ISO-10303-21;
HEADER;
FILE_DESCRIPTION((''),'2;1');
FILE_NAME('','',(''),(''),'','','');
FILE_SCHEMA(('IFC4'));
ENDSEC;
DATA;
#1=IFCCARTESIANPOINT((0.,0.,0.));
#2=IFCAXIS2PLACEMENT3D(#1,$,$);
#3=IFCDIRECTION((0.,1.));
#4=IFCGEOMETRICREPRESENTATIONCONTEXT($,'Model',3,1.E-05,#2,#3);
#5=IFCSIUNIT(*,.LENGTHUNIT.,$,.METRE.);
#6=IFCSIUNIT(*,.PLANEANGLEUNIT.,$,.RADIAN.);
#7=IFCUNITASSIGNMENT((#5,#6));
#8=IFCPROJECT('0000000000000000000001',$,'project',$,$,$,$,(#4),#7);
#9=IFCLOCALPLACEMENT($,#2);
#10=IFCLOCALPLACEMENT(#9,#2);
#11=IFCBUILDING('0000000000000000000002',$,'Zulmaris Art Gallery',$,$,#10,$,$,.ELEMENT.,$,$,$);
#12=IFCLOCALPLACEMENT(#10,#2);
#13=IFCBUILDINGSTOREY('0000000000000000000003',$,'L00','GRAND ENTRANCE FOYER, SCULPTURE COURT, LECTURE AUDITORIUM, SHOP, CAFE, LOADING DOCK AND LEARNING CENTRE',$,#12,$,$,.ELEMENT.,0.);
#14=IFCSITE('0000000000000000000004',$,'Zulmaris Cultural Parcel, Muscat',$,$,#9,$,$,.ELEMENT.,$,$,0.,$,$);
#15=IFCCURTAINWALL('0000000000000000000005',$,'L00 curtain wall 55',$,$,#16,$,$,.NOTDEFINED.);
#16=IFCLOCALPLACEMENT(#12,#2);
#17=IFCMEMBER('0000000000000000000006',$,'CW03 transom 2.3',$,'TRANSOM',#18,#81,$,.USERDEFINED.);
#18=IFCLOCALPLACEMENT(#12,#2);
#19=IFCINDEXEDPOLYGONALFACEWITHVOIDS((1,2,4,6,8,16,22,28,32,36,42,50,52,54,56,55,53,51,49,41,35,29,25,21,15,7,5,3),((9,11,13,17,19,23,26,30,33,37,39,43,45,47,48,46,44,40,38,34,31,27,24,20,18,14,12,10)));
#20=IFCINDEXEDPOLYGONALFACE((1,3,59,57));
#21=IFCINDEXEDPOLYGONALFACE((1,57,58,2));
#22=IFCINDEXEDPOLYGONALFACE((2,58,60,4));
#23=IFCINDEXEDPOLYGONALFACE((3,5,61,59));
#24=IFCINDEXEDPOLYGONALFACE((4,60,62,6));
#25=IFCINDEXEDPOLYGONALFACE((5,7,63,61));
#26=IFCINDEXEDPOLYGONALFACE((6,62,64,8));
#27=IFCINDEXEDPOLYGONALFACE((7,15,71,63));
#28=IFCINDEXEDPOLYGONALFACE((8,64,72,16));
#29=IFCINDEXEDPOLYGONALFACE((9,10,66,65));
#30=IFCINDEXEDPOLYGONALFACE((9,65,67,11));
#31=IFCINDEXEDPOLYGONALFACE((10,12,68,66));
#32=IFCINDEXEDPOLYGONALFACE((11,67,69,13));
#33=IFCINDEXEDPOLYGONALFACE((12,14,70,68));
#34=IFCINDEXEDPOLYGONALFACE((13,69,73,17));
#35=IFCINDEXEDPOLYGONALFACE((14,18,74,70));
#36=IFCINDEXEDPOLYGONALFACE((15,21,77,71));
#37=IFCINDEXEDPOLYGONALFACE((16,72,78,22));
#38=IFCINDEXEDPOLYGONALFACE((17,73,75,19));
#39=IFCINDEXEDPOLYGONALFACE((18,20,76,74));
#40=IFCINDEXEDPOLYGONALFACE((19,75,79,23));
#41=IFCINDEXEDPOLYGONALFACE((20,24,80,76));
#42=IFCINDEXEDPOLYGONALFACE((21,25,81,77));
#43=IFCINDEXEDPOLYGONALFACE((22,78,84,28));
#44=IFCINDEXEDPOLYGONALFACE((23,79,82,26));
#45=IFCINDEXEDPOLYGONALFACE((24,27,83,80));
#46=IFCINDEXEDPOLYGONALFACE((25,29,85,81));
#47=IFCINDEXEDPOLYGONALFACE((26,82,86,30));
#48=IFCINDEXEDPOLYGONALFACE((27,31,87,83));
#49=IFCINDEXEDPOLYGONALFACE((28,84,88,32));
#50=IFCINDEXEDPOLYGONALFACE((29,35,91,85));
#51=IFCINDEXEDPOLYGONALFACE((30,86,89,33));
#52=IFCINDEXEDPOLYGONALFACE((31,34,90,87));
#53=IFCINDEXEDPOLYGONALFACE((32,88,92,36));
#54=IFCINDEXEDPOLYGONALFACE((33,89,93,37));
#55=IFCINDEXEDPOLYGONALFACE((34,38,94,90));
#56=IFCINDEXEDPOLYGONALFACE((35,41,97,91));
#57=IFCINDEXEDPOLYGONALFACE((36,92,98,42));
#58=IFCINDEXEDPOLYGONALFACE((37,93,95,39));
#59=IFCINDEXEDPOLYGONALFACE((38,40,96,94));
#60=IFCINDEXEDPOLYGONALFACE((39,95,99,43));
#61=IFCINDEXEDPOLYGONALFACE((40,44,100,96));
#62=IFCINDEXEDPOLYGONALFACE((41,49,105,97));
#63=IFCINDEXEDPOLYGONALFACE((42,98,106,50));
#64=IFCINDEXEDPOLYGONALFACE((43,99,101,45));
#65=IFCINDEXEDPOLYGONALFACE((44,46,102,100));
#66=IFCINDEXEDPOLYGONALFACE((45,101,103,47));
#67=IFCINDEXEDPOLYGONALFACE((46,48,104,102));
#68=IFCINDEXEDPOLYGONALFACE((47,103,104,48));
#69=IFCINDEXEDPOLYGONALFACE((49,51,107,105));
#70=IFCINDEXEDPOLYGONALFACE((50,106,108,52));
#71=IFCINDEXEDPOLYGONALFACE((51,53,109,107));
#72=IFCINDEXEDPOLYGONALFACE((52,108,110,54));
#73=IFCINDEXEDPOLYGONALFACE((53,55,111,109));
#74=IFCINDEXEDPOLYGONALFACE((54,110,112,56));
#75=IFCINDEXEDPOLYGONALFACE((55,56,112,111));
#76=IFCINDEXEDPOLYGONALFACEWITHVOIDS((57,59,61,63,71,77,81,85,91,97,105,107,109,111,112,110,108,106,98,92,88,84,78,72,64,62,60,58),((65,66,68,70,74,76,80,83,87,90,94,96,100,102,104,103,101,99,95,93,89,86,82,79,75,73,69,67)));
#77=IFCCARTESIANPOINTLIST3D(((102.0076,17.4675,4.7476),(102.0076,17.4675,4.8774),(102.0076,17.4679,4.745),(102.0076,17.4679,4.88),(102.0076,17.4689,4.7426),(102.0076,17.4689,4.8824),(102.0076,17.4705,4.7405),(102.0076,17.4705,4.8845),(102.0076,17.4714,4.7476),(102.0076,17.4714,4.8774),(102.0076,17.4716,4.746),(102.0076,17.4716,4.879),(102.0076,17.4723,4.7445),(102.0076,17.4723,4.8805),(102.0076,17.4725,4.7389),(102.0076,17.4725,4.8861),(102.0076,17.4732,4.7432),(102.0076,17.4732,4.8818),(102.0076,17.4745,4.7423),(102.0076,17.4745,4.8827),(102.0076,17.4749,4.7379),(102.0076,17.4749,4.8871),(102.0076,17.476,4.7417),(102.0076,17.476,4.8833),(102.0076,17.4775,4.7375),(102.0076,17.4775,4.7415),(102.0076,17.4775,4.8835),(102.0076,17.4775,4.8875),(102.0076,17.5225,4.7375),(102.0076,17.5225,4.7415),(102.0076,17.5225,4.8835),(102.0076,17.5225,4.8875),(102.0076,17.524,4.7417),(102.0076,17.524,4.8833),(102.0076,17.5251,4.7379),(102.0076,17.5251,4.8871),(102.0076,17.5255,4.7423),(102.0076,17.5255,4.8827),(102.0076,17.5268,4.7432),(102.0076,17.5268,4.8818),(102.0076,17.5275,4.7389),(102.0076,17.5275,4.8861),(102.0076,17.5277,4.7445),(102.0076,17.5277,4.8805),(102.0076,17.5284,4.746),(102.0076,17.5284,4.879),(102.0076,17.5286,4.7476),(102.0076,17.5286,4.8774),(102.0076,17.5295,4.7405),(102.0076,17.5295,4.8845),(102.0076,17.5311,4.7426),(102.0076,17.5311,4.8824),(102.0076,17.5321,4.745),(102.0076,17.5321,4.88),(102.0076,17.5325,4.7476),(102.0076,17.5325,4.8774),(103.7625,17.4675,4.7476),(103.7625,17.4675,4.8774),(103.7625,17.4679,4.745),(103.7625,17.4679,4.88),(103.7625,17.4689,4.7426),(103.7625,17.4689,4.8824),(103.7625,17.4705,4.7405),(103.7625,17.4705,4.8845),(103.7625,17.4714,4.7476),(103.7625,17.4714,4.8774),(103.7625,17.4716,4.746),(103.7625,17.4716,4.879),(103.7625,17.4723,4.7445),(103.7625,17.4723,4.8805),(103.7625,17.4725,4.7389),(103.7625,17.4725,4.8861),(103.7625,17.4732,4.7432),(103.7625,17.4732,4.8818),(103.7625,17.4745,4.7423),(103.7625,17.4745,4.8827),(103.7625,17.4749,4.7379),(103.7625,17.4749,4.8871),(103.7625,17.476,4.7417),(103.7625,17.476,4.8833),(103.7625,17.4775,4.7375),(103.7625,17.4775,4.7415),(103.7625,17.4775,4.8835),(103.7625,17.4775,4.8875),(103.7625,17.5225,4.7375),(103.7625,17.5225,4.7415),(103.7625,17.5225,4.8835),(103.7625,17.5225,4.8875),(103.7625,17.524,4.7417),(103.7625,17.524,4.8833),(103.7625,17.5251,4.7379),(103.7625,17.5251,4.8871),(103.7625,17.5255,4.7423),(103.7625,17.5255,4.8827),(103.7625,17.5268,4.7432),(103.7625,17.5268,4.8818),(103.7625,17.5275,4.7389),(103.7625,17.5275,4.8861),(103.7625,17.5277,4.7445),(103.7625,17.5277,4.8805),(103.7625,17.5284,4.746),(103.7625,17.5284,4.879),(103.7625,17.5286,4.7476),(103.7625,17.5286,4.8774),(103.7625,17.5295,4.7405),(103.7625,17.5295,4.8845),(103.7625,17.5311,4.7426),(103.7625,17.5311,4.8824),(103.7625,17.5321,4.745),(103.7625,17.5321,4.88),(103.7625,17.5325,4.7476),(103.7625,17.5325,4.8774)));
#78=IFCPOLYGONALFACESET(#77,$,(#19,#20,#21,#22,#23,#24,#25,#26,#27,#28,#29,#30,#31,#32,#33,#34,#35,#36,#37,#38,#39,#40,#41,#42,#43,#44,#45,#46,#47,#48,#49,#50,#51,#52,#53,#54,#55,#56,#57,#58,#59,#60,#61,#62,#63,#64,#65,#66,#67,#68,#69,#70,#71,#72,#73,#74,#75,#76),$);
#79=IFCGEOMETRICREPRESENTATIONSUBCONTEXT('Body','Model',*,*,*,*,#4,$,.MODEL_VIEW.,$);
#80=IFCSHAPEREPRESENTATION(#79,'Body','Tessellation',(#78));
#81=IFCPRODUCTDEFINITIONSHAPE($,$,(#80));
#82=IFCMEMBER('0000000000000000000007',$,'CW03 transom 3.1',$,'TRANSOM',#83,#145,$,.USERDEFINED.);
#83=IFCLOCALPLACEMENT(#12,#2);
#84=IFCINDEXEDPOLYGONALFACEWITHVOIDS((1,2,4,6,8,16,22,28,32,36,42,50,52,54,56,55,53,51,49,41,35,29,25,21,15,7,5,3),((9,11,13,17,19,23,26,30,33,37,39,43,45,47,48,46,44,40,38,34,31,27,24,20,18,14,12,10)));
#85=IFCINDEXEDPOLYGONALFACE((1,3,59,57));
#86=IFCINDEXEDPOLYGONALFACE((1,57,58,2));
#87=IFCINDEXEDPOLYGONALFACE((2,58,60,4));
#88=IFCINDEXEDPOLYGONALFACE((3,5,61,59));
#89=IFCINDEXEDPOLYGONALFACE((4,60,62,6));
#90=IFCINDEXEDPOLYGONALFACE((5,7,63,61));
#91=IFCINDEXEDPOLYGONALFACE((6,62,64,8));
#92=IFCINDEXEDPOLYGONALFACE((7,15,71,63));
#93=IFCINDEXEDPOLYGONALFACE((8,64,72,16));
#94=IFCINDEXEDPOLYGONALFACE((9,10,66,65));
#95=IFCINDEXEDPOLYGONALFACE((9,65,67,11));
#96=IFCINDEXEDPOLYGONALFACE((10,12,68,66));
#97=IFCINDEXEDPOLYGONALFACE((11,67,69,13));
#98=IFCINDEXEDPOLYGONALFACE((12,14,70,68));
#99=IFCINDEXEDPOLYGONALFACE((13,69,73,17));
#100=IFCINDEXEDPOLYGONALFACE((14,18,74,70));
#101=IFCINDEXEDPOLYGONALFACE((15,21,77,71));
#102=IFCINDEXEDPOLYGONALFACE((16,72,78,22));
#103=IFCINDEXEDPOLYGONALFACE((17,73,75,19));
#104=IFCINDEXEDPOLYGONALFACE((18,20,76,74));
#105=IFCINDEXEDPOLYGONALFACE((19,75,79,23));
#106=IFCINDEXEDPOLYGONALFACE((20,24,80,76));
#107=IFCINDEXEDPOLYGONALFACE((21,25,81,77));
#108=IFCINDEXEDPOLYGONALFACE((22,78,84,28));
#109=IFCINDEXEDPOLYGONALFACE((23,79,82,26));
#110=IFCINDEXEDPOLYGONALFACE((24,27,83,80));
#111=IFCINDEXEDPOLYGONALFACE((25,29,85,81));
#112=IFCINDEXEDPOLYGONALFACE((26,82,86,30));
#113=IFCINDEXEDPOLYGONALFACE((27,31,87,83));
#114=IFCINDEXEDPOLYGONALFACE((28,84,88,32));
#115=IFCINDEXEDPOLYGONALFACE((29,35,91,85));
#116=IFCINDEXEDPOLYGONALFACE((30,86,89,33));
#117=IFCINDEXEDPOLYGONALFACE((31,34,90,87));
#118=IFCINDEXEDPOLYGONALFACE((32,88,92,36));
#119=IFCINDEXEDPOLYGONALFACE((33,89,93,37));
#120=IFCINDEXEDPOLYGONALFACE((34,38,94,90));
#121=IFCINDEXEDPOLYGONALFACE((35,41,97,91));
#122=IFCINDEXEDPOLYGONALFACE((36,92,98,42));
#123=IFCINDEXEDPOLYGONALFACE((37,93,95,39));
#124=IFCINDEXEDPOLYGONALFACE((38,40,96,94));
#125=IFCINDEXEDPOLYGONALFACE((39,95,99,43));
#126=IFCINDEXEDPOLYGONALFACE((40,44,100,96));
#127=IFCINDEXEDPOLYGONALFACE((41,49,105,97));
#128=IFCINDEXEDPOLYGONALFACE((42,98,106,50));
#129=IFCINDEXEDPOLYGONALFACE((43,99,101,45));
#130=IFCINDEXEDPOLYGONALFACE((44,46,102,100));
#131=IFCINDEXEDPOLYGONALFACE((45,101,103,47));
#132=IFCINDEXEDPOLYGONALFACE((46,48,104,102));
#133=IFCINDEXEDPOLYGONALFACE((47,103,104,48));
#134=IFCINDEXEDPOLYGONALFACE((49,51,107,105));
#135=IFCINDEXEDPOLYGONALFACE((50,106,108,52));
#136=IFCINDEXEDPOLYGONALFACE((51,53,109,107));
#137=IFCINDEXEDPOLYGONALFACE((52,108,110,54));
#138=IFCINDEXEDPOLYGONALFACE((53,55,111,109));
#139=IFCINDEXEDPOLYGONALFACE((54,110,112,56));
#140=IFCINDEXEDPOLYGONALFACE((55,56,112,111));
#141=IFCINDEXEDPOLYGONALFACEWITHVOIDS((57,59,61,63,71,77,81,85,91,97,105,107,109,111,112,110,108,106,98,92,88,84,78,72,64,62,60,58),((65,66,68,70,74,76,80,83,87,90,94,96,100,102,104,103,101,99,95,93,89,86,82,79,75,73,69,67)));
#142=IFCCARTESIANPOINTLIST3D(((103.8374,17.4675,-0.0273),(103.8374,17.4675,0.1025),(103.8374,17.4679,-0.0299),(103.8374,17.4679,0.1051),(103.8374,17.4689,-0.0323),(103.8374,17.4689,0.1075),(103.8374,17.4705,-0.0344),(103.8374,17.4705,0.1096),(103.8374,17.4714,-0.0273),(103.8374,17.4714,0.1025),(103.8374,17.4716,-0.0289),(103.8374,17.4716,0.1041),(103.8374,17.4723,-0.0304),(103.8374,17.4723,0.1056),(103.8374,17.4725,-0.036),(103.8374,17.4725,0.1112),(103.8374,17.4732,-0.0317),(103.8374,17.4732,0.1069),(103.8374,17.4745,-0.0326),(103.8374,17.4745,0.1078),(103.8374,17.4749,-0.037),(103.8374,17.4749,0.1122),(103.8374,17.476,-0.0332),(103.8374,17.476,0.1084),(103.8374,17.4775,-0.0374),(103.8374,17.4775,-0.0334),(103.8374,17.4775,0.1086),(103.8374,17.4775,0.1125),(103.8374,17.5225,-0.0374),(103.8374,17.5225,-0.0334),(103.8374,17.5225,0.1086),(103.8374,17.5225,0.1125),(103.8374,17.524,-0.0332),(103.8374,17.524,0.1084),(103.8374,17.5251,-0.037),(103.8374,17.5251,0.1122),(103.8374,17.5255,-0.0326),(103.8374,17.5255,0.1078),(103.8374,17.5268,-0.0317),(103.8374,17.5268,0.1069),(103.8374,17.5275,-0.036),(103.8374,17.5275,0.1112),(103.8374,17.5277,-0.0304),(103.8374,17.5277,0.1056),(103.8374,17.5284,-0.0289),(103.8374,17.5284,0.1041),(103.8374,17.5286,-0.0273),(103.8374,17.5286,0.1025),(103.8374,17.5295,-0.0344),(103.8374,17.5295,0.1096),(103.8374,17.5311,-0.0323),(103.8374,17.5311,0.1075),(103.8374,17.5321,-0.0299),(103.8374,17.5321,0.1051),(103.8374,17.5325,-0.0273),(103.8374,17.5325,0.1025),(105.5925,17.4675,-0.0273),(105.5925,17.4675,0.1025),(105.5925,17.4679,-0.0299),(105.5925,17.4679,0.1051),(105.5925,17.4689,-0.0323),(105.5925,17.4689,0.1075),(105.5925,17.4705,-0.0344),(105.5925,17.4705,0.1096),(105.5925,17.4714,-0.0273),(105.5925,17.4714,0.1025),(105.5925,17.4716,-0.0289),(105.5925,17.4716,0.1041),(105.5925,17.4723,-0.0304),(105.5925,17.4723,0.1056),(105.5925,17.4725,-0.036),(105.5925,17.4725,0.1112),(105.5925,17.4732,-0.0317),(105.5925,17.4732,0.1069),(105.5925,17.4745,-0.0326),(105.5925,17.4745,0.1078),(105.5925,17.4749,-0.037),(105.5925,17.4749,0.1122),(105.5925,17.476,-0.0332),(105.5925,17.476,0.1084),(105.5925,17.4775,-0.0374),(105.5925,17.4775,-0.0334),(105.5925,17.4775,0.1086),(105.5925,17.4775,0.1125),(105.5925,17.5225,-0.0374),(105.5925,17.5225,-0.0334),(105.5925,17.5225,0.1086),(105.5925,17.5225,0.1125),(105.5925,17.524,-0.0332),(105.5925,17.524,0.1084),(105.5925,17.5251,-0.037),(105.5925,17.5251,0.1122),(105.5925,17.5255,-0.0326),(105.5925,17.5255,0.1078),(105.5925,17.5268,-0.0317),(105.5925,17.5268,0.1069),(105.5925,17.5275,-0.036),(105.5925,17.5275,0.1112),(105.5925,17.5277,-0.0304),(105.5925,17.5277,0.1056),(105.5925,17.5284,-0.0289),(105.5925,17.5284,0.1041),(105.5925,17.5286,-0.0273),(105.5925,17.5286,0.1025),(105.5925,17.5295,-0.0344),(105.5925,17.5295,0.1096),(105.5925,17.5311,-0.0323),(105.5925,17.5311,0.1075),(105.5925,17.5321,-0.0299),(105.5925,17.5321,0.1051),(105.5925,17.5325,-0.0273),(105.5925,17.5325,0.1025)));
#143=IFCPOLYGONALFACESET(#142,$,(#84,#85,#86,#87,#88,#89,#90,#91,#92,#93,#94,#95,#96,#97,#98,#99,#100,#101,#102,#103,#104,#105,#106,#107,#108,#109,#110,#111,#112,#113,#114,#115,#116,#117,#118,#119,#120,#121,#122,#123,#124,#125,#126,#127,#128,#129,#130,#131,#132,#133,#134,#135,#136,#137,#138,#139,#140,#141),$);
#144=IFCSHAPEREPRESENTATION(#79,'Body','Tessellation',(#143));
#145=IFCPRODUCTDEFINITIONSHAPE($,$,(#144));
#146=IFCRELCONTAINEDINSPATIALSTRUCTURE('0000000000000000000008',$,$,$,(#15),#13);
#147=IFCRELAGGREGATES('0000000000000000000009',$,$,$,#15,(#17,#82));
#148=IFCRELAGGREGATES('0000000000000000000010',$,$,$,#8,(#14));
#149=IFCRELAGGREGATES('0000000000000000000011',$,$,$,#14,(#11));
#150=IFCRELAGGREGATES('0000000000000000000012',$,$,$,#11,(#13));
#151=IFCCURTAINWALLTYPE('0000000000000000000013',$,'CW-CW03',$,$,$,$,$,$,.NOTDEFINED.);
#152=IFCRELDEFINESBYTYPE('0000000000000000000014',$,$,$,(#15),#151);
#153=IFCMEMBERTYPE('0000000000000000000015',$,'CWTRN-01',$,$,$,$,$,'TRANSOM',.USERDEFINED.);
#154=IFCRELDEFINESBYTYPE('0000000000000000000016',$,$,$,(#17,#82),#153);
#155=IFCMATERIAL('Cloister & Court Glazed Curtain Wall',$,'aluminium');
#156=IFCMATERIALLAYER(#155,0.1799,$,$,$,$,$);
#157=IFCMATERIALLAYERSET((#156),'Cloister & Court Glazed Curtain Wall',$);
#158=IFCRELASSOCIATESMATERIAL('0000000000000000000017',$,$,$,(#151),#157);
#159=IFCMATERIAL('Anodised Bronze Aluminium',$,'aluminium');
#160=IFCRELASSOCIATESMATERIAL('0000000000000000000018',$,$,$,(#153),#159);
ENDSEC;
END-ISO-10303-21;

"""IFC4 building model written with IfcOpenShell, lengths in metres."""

from ifc_helpers import new_model, si_unit, direction, frame, origin, origin_2d, place, context, subcontext, project, spatial, hollow_rectangle, extrude, material, layer, layer_set, material_profile, profile_set, type_object, element, aggregate, save


model = new_model("IFC4")

# Units and contexts
model_context = context("Model", 3, precision=1e-05, world=origin(), true_north=direction((0.0, 1.0)))
body_context = subcontext(model_context, "Body", "Model", "MODEL_VIEW")
ifc_project = project(units=[si_unit("LENGTHUNIT", "METRE"), si_unit("PLANEANGLEUNIT", "RADIAN")], contexts=[model_context])

# Site, building, storey
site_placement = place(None, origin())
site = spatial("IfcSite", under=ifc_project, at=site_placement, Name="Zulmaris Cultural Parcel, Muscat", CompositionType="ELEMENT", RefElevation=0.0)
building_placement = place(site_placement, origin())
building = spatial("IfcBuilding", under=site, at=building_placement, Name="Zulmaris Art Gallery", CompositionType="ELEMENT")
storey_placement = place(building_placement, origin())
storey = spatial("IfcBuildingStorey", under=building, at=storey_placement, Name="L00", Description="GRAND ENTRANCE FOYER, SCULPTURE COURT, LECTURE AUDITORIUM, SHOP, CAFE, LOADING DOCK AND LEARNING CENTRE", CompositionType="ELEMENT", Elevation=0.0)

# Curtain wall, members
ifc_material_1 = material(Name="Cloister & Court Glazed Curtain Wall", Category="aluminium")
ifc_layer_1 = layer(ifc_material_1, 0.1799)
ifc_layer_set_1 = layer_set([ifc_layer_1], Name="Cloister & Court Glazed Curtain Wall")
curtain_wall_type = type_object("IfcCurtainWallType", Name="CW-CW03", PredefinedType="NOTDEFINED", material=ifc_layer_set_1)
curtain_wall_placement = place(storey_placement, origin())
curtain_wall = element("IfcCurtainWall", 1, at=curtain_wall_placement, inside=storey, type_object=curtain_wall_type, Name="L00 curtain wall 55", PredefinedType="NOTDEFINED")
ifc_material_2 = material(Name="Anodised Bronze Aluminium", Category="aluminium")
ifc_material_profile_1 = material_profile(ifc_material_2, hollow_rectangle(XDim=0.0649, YDim=0.1499, WallThickness=0.0039, InnerFilletRadius=0.0061, OuterFilletRadius=0.01, at=origin_2d()), Name="ALU 65x150x4")
ifc_profile_set_1 = profile_set([ifc_material_profile_1], Name="Anodised Bronze Aluminium")
member_type_1 = type_object("IfcMemberType", Name="CWTRN-01", ElementType="TRANSOM", PredefinedType="USERDEFINED", material=ifc_profile_set_1)
member_1_placement = place(storey_placement, frame((102.0076, 17.5, 4.8125), z_axis=(1.0, 0.0, 0.0), x_axis=(0.0, 1.0, 0.0)))
member_1 = element("IfcMember", 2, at=member_1_placement, type_object=member_type_1, Name="CW03 transom 2.3", ObjectType="TRANSOM", PredefinedType="USERDEFINED", context=body_context, shape_type="SweptSolid", body=[
    extrude(hollow_rectangle(XDim=0.0649, YDim=0.1499, WallThickness=0.0039, InnerFilletRadius=0.0061, OuterFilletRadius=0.01, at=origin_2d()), origin(), (0.0, 0.0, 1.0), 1.7549),
])
member_2_placement = place(storey_placement, frame((103.8374, 17.5, 0.0376), z_axis=(1.0, 0.0, 0.0), x_axis=(0.0, 1.0, 0.0)))
member_2 = element("IfcMember", 3, at=member_2_placement, type_object=member_type_1, Name="CW03 transom 3.1", ObjectType="TRANSOM", PredefinedType="USERDEFINED", context=body_context, shape_type="SweptSolid", body=[
    extrude(hollow_rectangle(XDim=0.0649, YDim=0.1499, WallThickness=0.0039, InnerFilletRadius=0.0061, OuterFilletRadius=0.01, at=origin_2d()), origin(), (0.0, 0.0, 1.0), 1.7551),
])
aggregate(curtain_wall, [member_1, member_2])

save(model, "model.ifc")
